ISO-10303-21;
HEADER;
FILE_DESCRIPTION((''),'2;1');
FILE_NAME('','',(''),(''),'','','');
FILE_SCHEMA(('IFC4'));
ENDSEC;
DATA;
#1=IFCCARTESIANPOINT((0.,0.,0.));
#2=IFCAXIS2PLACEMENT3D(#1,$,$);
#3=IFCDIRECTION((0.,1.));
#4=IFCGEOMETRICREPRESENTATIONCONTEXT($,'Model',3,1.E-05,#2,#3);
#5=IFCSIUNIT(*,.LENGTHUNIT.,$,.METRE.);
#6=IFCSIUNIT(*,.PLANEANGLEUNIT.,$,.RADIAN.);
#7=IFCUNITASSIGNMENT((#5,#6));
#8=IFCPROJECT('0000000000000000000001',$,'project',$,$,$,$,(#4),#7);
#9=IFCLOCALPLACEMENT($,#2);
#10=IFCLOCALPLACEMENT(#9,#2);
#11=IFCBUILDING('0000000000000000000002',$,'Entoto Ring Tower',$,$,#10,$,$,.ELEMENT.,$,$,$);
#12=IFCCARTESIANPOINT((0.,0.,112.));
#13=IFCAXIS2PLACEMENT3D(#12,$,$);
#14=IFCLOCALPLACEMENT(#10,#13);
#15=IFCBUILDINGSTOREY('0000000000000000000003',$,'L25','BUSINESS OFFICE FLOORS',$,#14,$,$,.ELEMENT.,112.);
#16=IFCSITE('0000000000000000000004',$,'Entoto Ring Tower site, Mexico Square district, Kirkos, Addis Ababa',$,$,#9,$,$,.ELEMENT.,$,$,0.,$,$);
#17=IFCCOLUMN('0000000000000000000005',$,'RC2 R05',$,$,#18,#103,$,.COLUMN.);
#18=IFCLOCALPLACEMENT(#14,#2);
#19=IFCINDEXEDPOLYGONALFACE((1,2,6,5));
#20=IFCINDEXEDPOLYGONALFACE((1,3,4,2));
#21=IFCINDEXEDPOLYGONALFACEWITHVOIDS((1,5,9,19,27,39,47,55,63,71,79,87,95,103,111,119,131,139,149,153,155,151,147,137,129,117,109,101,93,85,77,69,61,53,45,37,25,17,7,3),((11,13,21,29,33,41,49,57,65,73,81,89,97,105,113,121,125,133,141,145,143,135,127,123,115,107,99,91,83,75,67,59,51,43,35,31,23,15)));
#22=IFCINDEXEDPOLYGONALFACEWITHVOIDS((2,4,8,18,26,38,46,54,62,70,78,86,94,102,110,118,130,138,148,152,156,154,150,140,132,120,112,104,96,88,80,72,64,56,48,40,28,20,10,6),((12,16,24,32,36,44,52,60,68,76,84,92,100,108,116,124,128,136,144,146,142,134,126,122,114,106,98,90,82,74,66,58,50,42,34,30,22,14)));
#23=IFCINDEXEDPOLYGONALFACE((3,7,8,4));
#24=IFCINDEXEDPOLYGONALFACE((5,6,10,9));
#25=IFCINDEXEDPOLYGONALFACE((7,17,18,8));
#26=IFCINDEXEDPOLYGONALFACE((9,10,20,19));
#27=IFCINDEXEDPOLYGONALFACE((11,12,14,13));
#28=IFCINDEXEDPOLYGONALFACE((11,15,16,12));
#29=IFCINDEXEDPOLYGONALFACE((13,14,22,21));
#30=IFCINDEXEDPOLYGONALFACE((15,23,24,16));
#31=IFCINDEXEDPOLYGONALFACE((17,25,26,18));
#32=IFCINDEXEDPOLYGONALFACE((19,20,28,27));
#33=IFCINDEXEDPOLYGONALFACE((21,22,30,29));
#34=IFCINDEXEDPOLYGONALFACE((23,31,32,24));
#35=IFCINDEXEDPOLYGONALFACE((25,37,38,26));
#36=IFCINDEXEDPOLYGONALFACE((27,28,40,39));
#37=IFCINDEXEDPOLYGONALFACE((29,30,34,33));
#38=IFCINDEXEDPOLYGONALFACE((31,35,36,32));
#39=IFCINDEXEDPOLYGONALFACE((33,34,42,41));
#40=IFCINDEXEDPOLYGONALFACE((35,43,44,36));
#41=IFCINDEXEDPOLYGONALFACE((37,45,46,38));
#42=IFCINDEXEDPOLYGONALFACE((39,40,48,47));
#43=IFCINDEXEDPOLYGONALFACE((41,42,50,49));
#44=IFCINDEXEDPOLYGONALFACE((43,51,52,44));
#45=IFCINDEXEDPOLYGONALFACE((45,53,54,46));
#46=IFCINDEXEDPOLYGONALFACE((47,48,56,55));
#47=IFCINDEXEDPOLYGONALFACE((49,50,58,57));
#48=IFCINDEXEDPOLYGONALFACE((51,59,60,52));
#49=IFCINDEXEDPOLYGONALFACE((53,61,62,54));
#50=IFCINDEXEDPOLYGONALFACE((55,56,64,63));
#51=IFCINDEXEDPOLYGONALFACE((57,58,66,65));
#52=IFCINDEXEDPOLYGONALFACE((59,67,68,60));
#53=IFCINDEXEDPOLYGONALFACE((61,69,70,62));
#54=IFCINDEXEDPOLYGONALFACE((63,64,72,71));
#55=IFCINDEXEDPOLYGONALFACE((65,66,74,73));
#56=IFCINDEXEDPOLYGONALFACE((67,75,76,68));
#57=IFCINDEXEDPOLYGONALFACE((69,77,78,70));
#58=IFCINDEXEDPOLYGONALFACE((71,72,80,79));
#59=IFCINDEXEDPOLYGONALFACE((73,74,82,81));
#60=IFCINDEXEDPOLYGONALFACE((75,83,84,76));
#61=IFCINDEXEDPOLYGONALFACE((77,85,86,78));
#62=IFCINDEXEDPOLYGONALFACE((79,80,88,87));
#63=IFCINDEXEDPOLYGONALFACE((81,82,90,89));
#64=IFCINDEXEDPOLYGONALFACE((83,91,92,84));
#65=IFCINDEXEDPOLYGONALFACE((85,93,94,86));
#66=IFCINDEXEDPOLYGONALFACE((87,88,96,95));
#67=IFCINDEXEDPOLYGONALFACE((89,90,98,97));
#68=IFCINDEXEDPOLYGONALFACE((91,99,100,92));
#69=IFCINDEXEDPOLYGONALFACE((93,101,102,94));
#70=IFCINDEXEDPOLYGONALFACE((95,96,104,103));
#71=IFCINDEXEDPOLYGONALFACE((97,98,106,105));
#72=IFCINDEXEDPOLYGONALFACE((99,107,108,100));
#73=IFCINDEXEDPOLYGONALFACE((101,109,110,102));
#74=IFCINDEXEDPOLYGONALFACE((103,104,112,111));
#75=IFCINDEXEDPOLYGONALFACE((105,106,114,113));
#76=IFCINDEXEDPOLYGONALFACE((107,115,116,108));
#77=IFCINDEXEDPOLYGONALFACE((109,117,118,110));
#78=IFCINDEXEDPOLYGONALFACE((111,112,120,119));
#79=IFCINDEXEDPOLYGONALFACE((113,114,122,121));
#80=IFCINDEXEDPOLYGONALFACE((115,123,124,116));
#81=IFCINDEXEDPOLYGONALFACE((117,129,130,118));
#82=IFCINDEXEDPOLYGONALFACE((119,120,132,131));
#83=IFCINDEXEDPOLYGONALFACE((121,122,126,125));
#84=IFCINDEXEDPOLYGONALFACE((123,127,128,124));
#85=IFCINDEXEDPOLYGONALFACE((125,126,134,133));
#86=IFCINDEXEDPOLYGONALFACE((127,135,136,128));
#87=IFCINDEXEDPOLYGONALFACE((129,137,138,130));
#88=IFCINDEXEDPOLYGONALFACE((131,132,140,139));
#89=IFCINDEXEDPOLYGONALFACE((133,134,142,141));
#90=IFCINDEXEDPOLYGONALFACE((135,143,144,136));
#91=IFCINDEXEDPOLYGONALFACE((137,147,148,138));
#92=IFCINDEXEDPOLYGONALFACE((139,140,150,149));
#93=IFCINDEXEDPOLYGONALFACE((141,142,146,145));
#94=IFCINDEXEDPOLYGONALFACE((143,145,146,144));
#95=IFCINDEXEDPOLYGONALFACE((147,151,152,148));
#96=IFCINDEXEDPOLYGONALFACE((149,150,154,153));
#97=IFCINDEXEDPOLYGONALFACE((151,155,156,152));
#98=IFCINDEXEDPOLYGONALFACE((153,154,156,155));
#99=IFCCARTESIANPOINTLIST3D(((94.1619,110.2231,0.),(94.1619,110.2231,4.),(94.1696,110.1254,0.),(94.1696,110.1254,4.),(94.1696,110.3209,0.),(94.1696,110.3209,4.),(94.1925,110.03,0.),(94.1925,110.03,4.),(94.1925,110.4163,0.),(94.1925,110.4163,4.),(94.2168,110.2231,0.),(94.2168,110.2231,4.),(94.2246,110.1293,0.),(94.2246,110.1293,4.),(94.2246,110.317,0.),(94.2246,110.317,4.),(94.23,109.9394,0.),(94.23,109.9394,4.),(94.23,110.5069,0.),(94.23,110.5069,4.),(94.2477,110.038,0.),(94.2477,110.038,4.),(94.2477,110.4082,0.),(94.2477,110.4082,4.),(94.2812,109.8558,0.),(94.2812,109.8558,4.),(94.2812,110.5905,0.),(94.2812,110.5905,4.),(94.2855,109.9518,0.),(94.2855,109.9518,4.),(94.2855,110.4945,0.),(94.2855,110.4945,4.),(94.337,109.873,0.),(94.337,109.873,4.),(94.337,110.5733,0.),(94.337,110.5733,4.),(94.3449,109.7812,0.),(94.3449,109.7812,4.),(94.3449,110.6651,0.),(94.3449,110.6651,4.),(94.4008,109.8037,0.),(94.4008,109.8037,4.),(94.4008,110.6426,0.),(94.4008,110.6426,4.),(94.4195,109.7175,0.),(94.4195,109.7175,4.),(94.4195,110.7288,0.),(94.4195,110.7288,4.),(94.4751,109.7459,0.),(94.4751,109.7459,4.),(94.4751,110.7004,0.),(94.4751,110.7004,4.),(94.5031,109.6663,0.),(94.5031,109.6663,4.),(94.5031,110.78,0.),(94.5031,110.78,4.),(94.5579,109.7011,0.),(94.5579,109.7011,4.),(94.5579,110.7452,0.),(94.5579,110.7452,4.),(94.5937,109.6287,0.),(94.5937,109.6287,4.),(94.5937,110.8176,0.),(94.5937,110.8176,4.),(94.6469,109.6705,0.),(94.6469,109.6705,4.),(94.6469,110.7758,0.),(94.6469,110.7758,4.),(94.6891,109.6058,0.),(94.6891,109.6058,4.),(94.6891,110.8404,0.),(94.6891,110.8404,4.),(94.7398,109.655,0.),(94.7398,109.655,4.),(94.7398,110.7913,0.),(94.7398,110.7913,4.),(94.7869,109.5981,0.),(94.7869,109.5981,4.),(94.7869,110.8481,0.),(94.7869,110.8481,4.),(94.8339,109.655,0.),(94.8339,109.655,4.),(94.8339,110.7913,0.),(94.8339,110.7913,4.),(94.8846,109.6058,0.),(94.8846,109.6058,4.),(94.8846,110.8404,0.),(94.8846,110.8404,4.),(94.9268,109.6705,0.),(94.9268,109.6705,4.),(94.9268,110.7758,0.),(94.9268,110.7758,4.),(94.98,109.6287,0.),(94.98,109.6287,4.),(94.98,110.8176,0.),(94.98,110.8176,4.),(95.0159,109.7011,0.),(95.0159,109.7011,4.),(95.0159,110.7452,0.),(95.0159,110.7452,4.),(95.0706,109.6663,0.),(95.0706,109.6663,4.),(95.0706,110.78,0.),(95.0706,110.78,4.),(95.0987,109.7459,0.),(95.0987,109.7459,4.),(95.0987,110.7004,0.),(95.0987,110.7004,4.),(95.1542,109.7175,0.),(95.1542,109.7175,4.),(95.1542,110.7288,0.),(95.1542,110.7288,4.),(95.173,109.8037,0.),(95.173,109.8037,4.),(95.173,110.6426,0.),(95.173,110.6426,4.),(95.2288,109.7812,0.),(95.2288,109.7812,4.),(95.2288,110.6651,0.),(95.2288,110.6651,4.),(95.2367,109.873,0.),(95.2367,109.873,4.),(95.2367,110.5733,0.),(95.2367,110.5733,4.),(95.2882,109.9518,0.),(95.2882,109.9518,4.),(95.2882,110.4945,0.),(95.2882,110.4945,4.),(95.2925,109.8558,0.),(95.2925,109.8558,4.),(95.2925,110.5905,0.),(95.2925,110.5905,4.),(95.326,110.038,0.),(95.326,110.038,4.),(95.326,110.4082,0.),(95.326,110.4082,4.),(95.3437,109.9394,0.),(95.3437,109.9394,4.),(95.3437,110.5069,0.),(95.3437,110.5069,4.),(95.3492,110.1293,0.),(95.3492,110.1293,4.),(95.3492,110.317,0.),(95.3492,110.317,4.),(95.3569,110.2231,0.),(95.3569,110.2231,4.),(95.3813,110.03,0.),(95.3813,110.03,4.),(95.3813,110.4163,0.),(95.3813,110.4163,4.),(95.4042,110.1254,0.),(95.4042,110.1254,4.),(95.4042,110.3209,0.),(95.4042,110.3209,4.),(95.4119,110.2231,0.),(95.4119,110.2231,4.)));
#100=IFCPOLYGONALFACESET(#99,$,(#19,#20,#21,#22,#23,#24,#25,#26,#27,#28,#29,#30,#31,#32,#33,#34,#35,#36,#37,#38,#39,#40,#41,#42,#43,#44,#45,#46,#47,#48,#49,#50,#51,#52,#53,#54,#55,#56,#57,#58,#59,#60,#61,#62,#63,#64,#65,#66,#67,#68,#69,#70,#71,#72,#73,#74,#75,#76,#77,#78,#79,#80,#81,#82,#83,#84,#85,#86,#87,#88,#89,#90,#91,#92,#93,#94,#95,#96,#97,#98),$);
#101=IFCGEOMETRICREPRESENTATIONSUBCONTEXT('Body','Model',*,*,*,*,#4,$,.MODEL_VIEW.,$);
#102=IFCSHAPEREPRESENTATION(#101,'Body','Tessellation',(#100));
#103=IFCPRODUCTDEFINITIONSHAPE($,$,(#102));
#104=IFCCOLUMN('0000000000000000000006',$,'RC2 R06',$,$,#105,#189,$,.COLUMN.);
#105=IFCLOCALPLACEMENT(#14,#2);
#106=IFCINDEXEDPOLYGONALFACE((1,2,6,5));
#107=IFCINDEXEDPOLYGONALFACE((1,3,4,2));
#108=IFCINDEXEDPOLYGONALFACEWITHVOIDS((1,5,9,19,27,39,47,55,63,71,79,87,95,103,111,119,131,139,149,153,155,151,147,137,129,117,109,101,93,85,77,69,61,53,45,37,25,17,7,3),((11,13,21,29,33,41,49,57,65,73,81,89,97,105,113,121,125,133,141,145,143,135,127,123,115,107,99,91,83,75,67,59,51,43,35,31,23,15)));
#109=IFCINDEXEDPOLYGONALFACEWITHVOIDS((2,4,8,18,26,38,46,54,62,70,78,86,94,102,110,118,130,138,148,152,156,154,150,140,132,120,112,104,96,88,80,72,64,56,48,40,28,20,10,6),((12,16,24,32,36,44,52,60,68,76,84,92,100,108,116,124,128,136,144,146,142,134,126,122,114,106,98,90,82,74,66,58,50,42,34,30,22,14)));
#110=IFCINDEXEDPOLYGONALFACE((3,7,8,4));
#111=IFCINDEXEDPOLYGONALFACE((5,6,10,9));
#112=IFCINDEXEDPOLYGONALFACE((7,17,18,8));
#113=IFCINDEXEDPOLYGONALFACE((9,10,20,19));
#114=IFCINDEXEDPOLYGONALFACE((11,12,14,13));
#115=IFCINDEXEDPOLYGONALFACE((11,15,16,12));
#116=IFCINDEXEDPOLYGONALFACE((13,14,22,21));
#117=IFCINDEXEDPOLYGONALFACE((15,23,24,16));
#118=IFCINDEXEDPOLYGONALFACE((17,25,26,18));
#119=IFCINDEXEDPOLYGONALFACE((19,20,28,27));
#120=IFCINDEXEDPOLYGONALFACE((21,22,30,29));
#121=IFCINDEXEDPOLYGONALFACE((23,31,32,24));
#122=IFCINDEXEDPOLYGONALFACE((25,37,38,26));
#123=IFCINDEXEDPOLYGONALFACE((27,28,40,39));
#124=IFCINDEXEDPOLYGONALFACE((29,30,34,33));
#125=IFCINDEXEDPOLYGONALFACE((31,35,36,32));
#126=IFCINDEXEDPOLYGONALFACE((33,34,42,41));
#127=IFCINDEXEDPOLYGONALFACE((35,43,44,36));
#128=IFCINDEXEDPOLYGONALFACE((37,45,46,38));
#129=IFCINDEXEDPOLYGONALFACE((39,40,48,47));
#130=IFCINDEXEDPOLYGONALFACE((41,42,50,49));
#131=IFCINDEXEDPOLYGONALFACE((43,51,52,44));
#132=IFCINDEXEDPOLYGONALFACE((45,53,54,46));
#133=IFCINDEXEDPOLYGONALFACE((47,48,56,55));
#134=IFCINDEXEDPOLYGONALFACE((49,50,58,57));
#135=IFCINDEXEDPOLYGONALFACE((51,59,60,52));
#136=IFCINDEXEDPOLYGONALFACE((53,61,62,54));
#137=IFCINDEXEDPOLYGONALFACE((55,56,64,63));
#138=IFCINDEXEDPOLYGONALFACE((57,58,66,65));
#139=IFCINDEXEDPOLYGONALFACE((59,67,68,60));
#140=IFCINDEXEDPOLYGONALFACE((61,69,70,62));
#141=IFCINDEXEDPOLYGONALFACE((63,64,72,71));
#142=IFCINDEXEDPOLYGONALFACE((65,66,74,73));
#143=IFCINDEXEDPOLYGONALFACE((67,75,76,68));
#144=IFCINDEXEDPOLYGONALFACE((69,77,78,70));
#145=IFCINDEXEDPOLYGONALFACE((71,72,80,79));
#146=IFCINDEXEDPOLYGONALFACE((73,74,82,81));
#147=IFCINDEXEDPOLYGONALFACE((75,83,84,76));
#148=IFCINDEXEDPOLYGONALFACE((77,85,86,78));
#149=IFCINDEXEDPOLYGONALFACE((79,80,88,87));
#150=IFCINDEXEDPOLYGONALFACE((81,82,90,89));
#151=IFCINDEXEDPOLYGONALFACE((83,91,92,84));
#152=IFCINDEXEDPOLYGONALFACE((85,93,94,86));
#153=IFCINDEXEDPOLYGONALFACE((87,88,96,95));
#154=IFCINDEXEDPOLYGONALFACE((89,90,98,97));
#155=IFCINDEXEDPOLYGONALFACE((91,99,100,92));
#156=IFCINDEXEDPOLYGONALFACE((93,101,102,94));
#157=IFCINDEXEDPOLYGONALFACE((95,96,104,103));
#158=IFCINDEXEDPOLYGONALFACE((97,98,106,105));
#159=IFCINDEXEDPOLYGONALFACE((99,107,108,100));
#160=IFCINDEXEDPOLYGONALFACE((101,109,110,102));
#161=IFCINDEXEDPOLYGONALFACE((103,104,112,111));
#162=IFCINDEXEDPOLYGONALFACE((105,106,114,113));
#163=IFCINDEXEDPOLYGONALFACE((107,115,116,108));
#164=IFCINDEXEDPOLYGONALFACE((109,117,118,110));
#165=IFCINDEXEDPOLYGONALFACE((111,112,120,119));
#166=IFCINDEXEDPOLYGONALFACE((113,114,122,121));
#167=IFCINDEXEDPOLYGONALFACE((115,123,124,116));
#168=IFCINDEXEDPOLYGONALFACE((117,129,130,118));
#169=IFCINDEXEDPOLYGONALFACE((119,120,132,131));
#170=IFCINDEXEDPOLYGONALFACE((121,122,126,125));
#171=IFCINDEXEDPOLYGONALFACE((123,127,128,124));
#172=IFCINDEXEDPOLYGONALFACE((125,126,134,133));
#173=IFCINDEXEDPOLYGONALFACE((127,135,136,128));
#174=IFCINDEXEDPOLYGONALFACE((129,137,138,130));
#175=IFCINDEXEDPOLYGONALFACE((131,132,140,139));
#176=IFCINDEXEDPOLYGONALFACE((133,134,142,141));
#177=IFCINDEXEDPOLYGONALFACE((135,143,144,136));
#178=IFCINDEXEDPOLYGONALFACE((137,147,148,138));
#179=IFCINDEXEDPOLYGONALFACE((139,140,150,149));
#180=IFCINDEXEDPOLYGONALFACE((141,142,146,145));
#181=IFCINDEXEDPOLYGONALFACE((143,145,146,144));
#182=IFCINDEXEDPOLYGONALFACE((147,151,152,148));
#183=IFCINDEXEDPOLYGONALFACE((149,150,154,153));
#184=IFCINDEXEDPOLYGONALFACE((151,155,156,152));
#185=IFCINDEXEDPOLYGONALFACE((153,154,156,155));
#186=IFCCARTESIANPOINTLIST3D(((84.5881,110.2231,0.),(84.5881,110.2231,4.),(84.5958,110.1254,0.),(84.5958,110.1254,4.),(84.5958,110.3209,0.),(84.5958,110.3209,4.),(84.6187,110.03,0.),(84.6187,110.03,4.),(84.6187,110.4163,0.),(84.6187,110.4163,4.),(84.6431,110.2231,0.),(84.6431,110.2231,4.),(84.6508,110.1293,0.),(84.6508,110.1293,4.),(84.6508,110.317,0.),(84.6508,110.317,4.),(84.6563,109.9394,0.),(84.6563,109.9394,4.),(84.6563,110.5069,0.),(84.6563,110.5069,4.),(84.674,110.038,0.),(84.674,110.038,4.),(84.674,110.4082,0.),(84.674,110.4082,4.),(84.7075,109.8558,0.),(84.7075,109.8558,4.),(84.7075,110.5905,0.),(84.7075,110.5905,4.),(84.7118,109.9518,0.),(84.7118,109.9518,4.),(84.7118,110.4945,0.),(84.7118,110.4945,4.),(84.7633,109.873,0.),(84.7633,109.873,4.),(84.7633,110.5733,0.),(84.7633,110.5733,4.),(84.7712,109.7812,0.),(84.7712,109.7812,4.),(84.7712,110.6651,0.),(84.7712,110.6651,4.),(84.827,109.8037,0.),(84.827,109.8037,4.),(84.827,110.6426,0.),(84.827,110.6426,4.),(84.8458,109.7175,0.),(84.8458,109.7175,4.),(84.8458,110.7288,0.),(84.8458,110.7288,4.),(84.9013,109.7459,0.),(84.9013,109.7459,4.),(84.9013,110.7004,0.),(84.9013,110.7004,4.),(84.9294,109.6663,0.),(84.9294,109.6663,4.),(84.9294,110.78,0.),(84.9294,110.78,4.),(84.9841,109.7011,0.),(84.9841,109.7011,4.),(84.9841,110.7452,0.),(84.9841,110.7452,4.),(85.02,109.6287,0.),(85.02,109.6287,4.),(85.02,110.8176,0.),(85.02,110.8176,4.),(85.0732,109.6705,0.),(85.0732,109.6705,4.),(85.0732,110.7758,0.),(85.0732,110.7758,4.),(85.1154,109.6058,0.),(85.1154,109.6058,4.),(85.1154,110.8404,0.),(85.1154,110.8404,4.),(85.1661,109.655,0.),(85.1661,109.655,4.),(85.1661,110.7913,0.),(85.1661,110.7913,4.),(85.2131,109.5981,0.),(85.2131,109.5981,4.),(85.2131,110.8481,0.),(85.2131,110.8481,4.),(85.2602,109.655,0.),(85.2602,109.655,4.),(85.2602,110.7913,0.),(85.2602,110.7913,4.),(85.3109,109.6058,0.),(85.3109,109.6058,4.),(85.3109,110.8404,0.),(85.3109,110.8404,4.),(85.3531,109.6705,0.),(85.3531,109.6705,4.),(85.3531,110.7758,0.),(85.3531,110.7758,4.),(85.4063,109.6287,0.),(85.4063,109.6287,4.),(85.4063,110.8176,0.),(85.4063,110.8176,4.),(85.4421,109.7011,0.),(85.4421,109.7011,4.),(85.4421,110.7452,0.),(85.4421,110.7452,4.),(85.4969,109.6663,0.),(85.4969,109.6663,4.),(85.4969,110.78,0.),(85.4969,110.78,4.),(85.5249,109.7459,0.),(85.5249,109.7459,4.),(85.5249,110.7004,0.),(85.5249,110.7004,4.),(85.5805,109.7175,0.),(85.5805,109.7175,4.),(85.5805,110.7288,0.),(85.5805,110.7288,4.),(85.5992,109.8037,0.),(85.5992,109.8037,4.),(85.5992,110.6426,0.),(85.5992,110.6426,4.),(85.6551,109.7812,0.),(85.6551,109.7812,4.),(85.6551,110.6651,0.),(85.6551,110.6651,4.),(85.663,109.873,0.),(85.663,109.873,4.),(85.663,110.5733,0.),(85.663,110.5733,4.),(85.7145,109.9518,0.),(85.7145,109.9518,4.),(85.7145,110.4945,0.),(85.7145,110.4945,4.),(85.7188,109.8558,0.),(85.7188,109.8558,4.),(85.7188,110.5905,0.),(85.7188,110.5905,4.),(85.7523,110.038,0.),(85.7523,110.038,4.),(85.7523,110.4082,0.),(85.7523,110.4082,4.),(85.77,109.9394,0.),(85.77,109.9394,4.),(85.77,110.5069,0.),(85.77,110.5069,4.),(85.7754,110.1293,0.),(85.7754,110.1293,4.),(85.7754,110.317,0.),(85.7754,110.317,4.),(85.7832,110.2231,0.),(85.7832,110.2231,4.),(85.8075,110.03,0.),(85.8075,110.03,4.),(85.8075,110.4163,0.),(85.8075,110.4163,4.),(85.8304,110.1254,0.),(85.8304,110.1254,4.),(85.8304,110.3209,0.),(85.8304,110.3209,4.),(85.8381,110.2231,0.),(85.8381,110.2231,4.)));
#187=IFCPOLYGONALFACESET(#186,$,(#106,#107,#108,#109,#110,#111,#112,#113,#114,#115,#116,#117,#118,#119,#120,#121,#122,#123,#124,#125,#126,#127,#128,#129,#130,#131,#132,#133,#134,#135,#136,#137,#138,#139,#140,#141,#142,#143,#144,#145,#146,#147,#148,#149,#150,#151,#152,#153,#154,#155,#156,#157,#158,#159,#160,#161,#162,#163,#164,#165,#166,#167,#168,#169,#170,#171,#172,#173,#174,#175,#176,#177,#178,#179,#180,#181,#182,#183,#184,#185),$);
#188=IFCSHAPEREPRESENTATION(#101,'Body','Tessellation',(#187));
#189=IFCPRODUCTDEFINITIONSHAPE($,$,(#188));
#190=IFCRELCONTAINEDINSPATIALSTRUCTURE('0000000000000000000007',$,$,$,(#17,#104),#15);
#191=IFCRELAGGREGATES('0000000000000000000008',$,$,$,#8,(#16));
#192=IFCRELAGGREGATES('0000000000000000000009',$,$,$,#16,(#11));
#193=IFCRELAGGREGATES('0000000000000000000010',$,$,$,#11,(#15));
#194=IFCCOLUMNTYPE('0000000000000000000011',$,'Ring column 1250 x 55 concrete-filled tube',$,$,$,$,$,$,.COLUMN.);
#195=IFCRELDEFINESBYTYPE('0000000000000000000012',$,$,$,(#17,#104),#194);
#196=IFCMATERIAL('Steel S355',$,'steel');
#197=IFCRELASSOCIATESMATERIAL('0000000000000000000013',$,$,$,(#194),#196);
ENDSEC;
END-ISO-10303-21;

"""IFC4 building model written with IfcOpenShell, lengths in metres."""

from ifc_helpers import new_model, si_unit, direction, frame, origin, origin_2d, place, context, subcontext, project, spatial, circle, hollow_circle, extrude, material, material_profile, profile_set, type_object, element, save


model = new_model("IFC4")

# Units and contexts
model_context = context("Model", 3, precision=1e-05, world=origin(), true_north=direction((0.0, 1.0)))
body_context = subcontext(model_context, "Body", "Model", "MODEL_VIEW")
ifc_project = project(units=[si_unit("LENGTHUNIT", "METRE"), si_unit("PLANEANGLEUNIT", "RADIAN")], contexts=[model_context])

# Site, building, storey
site_placement = place(None, origin())
site = spatial("IfcSite", under=ifc_project, at=site_placement, Name="Entoto Ring Tower site, Mexico Square district, Kirkos, Addis Ababa", CompositionType="ELEMENT", RefElevation=0.0)
building_placement = place(site_placement, origin())
building = spatial("IfcBuilding", under=site, at=building_placement, Name="Entoto Ring Tower", CompositionType="ELEMENT")
storey_placement = place(building_placement, frame((0.0, 0.0, 112.0)))
storey = spatial("IfcBuildingStorey", under=building, at=storey_placement, Name="L25", Description="BUSINESS OFFICE FLOORS", CompositionType="ELEMENT", Elevation=112.0)

# Columns
ifc_material_1 = material(Name="Steel S355", Category="steel")
ifc_material_profile_1 = material_profile(ifc_material_1, hollow_circle(Radius=0.625, WallThickness=0.0549, at=origin_2d()), Name="CHS 1250 x 55")
ifc_material_2 = material(Name="Concrete C60/75", Category="concrete")
ifc_material_profile_2 = material_profile(ifc_material_2, circle(Radius=0.5701, at=origin_2d()), Name="Concrete C60/75 infill")
ifc_profile_set_1 = profile_set([ifc_material_profile_1, ifc_material_profile_2], Name="Steel S355")
column_type = type_object("IfcColumnType", Name="Ring column 1250 x 55 concrete-filled tube", PredefinedType="COLUMN", material=ifc_profile_set_1)
for number, where, z_axis, x_axis, name in (
    (1, (94.7869, 110.2231, 0.0), (0.0, 0.0, 1.0), (1.0, 0.0, 0.0), "RC2 R05"),
    (2, (85.2131, 110.2231, 0.0), (0.0, 0.0, 1.0), (1.0, 0.0, 0.0), "RC2 R06"),
):
    element("IfcColumn", number, at=place(storey_placement, frame(where, z_axis=z_axis, x_axis=x_axis)), inside=storey, type_object=column_type, Name=name, PredefinedType="COLUMN", context=body_context, shape_type="SweptSolid", body=[
        extrude(hollow_circle(Radius=0.625, WallThickness=0.0549, at=origin_2d()), origin(), (0.0, 0.0, 1.0), 4.0),
    ])

save(model, "model.ifc")
